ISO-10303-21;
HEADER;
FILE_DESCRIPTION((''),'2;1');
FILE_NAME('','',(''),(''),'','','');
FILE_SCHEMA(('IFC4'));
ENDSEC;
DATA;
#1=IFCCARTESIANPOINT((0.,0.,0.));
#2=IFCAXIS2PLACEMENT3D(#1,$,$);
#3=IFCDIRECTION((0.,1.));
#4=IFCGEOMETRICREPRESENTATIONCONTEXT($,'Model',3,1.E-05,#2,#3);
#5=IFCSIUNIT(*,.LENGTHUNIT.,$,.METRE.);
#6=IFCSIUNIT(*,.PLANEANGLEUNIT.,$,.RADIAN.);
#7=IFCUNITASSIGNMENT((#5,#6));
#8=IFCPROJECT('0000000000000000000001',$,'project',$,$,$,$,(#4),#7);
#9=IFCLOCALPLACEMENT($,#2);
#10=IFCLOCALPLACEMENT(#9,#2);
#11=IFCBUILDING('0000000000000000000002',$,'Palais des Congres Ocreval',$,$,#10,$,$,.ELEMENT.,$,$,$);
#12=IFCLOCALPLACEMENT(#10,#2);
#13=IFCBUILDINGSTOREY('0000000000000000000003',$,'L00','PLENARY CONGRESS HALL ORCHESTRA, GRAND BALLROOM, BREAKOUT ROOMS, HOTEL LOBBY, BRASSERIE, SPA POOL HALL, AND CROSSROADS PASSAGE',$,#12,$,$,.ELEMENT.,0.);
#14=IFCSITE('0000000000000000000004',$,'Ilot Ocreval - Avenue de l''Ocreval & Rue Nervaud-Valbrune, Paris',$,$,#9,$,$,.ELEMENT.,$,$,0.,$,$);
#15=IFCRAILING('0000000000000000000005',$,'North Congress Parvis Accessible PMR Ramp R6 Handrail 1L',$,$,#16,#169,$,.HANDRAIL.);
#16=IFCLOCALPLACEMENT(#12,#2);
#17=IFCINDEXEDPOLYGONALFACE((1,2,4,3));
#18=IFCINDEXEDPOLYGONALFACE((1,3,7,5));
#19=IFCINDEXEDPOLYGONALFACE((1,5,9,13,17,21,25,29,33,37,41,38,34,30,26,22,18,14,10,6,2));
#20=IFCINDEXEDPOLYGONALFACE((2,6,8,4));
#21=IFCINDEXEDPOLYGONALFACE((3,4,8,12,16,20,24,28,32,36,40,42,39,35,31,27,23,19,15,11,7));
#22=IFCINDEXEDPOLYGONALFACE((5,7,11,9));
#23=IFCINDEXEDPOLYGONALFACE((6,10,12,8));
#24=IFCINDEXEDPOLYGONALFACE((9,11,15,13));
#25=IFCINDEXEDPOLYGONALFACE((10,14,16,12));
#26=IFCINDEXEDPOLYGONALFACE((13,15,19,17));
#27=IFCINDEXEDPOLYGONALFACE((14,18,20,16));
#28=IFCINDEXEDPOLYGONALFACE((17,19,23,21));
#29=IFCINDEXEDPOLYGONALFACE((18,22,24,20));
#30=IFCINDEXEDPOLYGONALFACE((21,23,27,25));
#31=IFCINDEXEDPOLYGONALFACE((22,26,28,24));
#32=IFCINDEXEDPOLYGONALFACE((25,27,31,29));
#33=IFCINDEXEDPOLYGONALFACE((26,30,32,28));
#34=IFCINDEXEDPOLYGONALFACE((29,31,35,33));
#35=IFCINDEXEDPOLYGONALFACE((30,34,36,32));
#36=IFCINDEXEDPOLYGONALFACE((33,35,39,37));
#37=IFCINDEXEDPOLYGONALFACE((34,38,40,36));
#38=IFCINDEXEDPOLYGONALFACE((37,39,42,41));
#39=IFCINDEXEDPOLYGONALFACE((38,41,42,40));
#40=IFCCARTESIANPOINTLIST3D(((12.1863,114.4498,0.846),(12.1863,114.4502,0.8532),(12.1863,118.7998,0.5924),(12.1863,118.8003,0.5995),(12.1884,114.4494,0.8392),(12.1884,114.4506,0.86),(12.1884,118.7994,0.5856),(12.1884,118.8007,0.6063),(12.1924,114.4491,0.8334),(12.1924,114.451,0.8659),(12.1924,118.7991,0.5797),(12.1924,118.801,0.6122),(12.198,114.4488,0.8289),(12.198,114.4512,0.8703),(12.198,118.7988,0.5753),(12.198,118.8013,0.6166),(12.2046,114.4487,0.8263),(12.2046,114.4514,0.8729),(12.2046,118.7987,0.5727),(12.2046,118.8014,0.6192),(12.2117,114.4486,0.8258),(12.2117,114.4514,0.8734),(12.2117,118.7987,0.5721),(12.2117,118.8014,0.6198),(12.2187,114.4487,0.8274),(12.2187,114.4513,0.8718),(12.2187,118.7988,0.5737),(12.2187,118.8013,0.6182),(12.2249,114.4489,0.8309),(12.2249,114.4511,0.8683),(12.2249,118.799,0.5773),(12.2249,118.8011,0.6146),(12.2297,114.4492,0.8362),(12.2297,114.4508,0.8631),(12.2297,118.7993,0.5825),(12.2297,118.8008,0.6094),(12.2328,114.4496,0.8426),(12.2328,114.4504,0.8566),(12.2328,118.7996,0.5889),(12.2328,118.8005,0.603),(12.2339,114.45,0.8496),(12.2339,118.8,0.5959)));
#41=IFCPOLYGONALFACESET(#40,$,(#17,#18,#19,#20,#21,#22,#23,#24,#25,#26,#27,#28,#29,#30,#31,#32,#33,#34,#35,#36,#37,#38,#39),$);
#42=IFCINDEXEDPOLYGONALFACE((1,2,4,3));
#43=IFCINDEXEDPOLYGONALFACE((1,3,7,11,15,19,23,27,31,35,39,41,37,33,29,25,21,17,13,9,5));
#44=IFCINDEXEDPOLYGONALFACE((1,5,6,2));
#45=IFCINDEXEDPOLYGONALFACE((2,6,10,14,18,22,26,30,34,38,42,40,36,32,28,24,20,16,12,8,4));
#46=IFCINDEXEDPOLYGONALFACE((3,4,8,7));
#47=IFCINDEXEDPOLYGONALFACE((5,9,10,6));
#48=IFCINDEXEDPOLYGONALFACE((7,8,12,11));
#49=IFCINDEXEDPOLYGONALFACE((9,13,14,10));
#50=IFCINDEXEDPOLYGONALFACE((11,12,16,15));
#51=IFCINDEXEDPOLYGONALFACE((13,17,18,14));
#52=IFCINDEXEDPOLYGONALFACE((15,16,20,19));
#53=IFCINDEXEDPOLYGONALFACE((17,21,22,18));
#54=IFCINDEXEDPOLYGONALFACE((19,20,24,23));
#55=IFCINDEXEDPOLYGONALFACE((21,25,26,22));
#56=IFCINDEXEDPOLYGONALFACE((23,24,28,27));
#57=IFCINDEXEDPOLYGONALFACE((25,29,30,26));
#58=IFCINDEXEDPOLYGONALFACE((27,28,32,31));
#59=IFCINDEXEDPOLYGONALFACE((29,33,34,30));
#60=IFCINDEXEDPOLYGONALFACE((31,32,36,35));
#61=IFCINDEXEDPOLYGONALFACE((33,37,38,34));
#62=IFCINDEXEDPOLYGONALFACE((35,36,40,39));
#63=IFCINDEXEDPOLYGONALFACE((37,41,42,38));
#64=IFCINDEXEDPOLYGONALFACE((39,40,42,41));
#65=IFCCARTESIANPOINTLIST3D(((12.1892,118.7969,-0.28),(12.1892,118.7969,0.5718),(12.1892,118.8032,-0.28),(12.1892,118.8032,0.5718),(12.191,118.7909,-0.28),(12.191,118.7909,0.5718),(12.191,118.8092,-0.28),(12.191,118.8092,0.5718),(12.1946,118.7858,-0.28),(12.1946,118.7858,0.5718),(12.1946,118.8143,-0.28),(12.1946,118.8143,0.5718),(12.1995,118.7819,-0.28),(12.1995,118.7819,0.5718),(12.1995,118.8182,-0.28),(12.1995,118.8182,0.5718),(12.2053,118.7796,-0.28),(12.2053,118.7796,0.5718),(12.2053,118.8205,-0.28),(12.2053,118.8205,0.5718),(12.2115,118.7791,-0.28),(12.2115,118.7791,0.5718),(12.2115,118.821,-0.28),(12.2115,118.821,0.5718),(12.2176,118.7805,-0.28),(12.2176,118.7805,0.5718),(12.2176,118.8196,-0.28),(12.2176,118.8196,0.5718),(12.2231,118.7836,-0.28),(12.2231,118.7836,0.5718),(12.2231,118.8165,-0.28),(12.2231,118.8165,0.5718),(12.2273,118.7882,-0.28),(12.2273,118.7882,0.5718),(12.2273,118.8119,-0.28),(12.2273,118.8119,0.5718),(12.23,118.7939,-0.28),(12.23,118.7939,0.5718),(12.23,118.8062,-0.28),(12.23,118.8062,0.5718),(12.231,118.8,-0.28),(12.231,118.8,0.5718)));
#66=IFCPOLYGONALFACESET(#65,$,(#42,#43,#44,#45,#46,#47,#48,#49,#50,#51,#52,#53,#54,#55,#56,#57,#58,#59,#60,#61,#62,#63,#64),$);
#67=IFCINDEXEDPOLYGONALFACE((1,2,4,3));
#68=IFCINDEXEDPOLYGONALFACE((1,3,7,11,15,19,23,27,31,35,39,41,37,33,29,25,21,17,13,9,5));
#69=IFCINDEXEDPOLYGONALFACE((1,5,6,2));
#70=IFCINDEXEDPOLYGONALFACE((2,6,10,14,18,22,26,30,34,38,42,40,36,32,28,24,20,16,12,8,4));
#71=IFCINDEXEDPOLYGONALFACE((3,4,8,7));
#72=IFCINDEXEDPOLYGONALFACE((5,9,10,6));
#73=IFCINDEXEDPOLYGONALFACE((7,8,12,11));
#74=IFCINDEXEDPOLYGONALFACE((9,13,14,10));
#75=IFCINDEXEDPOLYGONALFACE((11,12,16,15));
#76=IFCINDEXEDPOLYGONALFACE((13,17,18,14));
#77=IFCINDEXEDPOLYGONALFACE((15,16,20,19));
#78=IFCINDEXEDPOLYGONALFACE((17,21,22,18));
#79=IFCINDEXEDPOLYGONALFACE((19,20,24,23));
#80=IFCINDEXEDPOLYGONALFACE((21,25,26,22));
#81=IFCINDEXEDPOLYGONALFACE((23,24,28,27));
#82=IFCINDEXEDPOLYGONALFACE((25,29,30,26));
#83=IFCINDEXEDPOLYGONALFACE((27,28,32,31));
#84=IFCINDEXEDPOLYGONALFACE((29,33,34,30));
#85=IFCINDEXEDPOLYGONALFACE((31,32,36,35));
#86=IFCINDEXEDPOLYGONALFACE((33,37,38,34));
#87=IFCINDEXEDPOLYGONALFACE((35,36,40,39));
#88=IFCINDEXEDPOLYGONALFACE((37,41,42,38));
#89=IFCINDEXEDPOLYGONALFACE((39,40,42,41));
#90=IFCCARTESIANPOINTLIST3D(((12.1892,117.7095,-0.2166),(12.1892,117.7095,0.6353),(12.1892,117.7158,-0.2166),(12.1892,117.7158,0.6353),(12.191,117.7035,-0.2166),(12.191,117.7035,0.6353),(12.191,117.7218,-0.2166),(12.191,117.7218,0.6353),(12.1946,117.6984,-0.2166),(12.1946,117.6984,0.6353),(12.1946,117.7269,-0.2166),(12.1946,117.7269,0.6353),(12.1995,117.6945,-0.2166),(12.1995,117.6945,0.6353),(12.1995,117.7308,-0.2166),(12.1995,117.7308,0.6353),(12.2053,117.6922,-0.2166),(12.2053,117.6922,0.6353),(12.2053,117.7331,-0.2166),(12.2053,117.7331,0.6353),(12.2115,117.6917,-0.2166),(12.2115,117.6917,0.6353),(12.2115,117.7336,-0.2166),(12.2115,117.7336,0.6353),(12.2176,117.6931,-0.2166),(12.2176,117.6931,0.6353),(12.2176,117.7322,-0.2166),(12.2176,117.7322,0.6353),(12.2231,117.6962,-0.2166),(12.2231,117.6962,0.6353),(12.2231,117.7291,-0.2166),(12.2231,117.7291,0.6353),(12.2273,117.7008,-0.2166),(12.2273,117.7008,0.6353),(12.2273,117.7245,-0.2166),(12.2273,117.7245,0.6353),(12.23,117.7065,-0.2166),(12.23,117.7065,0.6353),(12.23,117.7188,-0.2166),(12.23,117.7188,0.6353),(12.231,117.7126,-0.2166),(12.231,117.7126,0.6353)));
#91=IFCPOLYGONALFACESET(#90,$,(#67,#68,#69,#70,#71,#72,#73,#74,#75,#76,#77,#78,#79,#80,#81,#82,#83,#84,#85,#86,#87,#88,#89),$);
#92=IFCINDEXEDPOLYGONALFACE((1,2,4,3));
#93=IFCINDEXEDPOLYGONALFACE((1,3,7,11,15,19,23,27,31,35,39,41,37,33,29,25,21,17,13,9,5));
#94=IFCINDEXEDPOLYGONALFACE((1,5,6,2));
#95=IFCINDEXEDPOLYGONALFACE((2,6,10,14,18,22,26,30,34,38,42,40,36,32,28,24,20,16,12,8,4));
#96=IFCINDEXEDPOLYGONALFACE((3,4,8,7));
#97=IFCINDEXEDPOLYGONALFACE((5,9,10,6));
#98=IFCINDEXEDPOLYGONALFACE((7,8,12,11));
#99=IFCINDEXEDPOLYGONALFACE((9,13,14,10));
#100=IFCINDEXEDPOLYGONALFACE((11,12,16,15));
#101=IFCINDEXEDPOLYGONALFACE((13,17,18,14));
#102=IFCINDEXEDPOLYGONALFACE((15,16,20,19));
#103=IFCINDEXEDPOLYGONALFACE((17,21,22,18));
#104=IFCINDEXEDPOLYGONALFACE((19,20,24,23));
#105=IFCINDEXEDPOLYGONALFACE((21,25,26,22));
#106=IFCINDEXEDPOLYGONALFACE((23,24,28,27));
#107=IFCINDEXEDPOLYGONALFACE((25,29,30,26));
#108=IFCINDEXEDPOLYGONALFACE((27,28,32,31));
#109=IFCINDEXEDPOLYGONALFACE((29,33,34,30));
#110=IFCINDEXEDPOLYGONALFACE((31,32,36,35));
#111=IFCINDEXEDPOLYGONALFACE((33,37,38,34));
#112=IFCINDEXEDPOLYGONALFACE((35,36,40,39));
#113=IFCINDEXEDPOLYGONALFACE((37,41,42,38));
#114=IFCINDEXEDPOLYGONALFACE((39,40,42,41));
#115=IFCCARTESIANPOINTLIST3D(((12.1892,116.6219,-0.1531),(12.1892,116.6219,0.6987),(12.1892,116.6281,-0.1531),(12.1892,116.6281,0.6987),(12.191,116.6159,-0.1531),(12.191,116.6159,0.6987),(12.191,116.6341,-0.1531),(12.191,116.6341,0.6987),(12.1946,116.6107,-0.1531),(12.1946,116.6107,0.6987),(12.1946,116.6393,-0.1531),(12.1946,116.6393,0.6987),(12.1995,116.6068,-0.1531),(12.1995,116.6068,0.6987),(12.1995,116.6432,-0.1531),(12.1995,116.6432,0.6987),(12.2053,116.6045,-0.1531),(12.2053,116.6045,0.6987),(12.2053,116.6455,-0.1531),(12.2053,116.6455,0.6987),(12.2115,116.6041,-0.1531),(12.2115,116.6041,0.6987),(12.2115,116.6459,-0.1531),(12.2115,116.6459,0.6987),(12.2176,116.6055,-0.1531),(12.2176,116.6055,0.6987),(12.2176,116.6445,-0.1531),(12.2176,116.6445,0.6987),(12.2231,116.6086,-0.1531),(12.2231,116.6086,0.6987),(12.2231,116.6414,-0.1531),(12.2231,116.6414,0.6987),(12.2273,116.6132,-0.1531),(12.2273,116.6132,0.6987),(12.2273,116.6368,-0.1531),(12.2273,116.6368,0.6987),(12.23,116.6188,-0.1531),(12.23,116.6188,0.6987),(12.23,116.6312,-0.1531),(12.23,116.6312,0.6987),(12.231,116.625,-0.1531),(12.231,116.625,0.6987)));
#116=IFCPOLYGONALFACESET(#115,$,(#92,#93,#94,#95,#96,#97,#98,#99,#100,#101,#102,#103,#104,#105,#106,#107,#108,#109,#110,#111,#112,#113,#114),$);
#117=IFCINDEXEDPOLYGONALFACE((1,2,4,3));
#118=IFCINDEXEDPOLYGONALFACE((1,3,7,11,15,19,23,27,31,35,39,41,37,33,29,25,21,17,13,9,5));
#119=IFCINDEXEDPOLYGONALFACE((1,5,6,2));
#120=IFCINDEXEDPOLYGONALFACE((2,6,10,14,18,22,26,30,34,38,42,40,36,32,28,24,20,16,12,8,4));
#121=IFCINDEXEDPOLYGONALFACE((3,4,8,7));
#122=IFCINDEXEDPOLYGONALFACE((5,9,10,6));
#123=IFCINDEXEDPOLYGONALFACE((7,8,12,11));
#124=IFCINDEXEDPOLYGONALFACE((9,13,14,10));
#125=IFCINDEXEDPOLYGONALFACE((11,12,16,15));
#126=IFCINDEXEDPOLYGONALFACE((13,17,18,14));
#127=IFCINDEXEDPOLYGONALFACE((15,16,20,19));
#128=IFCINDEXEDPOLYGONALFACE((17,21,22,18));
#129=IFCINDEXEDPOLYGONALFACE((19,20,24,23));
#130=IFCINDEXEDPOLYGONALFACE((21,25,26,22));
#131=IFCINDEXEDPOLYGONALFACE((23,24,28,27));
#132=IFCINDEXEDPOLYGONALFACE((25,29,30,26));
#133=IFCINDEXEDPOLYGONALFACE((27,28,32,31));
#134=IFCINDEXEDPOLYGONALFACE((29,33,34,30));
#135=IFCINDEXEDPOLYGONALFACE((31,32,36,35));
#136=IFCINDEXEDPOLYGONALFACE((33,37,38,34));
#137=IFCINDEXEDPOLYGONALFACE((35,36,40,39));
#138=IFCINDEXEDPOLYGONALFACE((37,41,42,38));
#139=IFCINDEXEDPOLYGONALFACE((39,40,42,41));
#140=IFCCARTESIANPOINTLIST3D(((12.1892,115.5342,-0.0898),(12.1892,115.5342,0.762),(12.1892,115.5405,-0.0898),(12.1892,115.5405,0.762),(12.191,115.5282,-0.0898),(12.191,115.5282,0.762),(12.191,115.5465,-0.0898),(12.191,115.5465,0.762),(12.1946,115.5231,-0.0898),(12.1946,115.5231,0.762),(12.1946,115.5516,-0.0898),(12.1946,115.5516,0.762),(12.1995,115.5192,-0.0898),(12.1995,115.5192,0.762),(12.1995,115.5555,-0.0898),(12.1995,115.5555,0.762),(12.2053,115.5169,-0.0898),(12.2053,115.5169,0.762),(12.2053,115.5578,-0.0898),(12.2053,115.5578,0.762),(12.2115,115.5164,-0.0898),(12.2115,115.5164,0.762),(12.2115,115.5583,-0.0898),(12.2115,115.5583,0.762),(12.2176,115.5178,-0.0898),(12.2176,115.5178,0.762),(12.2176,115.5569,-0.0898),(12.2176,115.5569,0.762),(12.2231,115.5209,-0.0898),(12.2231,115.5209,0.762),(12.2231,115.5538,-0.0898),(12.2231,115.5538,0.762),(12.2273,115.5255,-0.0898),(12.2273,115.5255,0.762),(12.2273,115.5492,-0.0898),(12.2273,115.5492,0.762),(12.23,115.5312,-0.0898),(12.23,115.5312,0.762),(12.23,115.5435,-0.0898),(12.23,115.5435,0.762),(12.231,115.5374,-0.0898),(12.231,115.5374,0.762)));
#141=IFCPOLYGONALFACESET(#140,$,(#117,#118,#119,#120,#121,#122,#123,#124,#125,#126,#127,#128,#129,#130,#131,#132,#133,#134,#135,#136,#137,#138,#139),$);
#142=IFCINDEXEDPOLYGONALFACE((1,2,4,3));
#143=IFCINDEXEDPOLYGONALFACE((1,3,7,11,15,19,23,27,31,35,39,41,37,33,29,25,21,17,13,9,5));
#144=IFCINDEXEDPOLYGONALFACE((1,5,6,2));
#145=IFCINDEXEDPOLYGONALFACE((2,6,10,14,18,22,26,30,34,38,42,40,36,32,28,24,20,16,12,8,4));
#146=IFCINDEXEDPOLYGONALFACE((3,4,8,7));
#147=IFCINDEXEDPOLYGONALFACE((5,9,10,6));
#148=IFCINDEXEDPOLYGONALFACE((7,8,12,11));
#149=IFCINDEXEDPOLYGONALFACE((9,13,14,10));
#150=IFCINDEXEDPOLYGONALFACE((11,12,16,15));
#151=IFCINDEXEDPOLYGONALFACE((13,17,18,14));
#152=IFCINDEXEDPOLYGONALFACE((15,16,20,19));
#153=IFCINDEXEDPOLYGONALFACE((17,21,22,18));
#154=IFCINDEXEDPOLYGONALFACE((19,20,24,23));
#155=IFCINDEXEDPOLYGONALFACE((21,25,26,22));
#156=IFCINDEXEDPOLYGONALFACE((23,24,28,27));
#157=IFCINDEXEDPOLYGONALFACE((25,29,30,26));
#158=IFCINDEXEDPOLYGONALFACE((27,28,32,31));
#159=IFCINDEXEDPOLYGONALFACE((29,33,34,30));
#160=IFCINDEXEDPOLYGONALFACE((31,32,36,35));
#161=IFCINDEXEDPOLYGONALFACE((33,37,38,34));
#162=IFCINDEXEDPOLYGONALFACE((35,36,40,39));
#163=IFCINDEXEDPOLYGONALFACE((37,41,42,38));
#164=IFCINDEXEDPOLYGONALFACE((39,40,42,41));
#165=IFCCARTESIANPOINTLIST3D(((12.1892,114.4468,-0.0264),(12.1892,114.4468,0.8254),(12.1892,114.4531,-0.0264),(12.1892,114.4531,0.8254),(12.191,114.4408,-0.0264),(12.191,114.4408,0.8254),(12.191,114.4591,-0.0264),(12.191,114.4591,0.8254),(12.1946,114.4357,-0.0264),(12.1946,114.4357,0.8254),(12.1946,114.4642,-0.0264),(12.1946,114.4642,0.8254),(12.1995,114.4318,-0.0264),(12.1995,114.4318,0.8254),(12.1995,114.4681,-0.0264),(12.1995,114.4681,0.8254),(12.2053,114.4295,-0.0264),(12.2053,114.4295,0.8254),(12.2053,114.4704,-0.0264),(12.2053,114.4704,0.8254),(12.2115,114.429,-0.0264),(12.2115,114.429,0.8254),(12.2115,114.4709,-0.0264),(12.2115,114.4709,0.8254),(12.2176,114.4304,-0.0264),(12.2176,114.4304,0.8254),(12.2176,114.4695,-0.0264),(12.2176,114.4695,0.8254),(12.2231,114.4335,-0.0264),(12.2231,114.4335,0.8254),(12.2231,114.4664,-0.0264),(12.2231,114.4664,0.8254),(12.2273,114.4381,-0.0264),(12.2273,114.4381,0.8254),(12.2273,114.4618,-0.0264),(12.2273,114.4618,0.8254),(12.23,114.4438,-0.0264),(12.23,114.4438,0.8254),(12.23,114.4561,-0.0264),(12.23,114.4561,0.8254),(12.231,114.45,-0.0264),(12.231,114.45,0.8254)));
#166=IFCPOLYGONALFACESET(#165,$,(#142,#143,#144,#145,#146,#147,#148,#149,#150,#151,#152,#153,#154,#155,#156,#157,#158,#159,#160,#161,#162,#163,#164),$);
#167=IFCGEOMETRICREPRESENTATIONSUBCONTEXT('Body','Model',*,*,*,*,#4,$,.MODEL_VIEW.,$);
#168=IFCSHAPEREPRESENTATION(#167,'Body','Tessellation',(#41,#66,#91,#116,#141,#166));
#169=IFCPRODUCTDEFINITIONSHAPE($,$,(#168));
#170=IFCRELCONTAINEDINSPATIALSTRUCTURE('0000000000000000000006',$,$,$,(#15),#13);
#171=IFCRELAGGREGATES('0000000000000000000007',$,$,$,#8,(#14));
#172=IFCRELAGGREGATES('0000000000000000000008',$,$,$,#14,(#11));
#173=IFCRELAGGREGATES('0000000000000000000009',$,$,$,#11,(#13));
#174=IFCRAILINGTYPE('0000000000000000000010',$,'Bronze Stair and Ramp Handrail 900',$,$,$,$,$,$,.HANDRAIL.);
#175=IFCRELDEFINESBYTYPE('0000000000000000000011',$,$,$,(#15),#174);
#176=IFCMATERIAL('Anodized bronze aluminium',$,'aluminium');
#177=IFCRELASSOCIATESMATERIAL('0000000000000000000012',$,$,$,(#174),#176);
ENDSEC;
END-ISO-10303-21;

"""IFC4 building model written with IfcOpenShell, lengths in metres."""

from ifc_helpers import new_model, si_unit, direction, frame, origin, origin_2d, place, context, subcontext, project, spatial, circle, extrude, material, type_object, element, save


model = new_model("IFC4")

# Units and contexts
model_context = context("Model", 3, precision=1e-05, world=origin(), true_north=direction((0.0, 1.0)))
body_context = subcontext(model_context, "Body", "Model", "MODEL_VIEW")
ifc_project = project(units=[si_unit("LENGTHUNIT", "METRE"), si_unit("PLANEANGLEUNIT", "RADIAN")], contexts=[model_context])

# Site, building, storey
site_placement = place(None, origin())
site = spatial("IfcSite", under=ifc_project, at=site_placement, Name="Ilot Ocreval - Avenue de l'Ocreval & Rue Nervaud-Valbrune, Paris", CompositionType="ELEMENT", RefElevation=0.0)
building_placement = place(site_placement, origin())
building = spatial("IfcBuilding", under=site, at=building_placement, Name="Palais des Congres Ocreval", CompositionType="ELEMENT")
storey_placement = place(building_placement, origin())
storey = spatial("IfcBuildingStorey", under=building, at=storey_placement, Name="L00", Description="PLENARY CONGRESS HALL ORCHESTRA, GRAND BALLROOM, BREAKOUT ROOMS, HOTEL LOBBY, BRASSERIE, SPA POOL HALL, AND CROSSROADS PASSAGE", CompositionType="ELEMENT", Elevation=0.0)

# Railing
ifc_material_1 = material(Name="Anodized bronze aluminium", Category="aluminium")
railing_type = type_object("IfcRailingType", Name="Bronze Stair and Ramp Handrail 900", PredefinedType="HANDRAIL", material=ifc_material_1)
for number, where, name in (
    (1, (12.21, 118.8, -0.28), "North Congress Parvis Accessible PMR Ramp R6 Handrail 1L"),
):
    element("IfcRailing", number, at=place(storey_placement, frame(where)), inside=storey, type_object=railing_type, Name=name, PredefinedType="HANDRAIL", context=body_context, shape_type="SweptSolid", body=[
        extrude(circle(Radius=0.0239, at=origin_2d()), frame((0.0, 0.0, 0.876), z_axis=(0.0, -0.998304, 0.058213), x_axis=(1.0, 0.0, 0.0)), (0.0, 0.0, 1.0), 4.3574),
        extrude(circle(Radius=0.021, at=origin_2d()), origin(), (0.0, 0.0, 1.0), 0.8518),
        extrude(circle(Radius=0.021, at=origin_2d()), frame((0.0, -1.0874, 0.0635)), (0.0, 0.0, 1.0), 0.8518),
        extrude(circle(Radius=0.021, at=origin_2d()), frame((0.0, -2.175, 0.127)), (0.0, 0.0, 1.0), 0.8518),
        extrude(circle(Radius=0.021, at=origin_2d()), frame((0.0, -3.2627, 0.1902)), (0.0, 0.0, 1.0), 0.8518),
        extrude(circle(Radius=0.021, at=origin_2d()), frame((0.0, -4.3501, 0.2537)), (0.0, 0.0, 1.0), 0.8518),
    ])

save(model, "model.ifc")
